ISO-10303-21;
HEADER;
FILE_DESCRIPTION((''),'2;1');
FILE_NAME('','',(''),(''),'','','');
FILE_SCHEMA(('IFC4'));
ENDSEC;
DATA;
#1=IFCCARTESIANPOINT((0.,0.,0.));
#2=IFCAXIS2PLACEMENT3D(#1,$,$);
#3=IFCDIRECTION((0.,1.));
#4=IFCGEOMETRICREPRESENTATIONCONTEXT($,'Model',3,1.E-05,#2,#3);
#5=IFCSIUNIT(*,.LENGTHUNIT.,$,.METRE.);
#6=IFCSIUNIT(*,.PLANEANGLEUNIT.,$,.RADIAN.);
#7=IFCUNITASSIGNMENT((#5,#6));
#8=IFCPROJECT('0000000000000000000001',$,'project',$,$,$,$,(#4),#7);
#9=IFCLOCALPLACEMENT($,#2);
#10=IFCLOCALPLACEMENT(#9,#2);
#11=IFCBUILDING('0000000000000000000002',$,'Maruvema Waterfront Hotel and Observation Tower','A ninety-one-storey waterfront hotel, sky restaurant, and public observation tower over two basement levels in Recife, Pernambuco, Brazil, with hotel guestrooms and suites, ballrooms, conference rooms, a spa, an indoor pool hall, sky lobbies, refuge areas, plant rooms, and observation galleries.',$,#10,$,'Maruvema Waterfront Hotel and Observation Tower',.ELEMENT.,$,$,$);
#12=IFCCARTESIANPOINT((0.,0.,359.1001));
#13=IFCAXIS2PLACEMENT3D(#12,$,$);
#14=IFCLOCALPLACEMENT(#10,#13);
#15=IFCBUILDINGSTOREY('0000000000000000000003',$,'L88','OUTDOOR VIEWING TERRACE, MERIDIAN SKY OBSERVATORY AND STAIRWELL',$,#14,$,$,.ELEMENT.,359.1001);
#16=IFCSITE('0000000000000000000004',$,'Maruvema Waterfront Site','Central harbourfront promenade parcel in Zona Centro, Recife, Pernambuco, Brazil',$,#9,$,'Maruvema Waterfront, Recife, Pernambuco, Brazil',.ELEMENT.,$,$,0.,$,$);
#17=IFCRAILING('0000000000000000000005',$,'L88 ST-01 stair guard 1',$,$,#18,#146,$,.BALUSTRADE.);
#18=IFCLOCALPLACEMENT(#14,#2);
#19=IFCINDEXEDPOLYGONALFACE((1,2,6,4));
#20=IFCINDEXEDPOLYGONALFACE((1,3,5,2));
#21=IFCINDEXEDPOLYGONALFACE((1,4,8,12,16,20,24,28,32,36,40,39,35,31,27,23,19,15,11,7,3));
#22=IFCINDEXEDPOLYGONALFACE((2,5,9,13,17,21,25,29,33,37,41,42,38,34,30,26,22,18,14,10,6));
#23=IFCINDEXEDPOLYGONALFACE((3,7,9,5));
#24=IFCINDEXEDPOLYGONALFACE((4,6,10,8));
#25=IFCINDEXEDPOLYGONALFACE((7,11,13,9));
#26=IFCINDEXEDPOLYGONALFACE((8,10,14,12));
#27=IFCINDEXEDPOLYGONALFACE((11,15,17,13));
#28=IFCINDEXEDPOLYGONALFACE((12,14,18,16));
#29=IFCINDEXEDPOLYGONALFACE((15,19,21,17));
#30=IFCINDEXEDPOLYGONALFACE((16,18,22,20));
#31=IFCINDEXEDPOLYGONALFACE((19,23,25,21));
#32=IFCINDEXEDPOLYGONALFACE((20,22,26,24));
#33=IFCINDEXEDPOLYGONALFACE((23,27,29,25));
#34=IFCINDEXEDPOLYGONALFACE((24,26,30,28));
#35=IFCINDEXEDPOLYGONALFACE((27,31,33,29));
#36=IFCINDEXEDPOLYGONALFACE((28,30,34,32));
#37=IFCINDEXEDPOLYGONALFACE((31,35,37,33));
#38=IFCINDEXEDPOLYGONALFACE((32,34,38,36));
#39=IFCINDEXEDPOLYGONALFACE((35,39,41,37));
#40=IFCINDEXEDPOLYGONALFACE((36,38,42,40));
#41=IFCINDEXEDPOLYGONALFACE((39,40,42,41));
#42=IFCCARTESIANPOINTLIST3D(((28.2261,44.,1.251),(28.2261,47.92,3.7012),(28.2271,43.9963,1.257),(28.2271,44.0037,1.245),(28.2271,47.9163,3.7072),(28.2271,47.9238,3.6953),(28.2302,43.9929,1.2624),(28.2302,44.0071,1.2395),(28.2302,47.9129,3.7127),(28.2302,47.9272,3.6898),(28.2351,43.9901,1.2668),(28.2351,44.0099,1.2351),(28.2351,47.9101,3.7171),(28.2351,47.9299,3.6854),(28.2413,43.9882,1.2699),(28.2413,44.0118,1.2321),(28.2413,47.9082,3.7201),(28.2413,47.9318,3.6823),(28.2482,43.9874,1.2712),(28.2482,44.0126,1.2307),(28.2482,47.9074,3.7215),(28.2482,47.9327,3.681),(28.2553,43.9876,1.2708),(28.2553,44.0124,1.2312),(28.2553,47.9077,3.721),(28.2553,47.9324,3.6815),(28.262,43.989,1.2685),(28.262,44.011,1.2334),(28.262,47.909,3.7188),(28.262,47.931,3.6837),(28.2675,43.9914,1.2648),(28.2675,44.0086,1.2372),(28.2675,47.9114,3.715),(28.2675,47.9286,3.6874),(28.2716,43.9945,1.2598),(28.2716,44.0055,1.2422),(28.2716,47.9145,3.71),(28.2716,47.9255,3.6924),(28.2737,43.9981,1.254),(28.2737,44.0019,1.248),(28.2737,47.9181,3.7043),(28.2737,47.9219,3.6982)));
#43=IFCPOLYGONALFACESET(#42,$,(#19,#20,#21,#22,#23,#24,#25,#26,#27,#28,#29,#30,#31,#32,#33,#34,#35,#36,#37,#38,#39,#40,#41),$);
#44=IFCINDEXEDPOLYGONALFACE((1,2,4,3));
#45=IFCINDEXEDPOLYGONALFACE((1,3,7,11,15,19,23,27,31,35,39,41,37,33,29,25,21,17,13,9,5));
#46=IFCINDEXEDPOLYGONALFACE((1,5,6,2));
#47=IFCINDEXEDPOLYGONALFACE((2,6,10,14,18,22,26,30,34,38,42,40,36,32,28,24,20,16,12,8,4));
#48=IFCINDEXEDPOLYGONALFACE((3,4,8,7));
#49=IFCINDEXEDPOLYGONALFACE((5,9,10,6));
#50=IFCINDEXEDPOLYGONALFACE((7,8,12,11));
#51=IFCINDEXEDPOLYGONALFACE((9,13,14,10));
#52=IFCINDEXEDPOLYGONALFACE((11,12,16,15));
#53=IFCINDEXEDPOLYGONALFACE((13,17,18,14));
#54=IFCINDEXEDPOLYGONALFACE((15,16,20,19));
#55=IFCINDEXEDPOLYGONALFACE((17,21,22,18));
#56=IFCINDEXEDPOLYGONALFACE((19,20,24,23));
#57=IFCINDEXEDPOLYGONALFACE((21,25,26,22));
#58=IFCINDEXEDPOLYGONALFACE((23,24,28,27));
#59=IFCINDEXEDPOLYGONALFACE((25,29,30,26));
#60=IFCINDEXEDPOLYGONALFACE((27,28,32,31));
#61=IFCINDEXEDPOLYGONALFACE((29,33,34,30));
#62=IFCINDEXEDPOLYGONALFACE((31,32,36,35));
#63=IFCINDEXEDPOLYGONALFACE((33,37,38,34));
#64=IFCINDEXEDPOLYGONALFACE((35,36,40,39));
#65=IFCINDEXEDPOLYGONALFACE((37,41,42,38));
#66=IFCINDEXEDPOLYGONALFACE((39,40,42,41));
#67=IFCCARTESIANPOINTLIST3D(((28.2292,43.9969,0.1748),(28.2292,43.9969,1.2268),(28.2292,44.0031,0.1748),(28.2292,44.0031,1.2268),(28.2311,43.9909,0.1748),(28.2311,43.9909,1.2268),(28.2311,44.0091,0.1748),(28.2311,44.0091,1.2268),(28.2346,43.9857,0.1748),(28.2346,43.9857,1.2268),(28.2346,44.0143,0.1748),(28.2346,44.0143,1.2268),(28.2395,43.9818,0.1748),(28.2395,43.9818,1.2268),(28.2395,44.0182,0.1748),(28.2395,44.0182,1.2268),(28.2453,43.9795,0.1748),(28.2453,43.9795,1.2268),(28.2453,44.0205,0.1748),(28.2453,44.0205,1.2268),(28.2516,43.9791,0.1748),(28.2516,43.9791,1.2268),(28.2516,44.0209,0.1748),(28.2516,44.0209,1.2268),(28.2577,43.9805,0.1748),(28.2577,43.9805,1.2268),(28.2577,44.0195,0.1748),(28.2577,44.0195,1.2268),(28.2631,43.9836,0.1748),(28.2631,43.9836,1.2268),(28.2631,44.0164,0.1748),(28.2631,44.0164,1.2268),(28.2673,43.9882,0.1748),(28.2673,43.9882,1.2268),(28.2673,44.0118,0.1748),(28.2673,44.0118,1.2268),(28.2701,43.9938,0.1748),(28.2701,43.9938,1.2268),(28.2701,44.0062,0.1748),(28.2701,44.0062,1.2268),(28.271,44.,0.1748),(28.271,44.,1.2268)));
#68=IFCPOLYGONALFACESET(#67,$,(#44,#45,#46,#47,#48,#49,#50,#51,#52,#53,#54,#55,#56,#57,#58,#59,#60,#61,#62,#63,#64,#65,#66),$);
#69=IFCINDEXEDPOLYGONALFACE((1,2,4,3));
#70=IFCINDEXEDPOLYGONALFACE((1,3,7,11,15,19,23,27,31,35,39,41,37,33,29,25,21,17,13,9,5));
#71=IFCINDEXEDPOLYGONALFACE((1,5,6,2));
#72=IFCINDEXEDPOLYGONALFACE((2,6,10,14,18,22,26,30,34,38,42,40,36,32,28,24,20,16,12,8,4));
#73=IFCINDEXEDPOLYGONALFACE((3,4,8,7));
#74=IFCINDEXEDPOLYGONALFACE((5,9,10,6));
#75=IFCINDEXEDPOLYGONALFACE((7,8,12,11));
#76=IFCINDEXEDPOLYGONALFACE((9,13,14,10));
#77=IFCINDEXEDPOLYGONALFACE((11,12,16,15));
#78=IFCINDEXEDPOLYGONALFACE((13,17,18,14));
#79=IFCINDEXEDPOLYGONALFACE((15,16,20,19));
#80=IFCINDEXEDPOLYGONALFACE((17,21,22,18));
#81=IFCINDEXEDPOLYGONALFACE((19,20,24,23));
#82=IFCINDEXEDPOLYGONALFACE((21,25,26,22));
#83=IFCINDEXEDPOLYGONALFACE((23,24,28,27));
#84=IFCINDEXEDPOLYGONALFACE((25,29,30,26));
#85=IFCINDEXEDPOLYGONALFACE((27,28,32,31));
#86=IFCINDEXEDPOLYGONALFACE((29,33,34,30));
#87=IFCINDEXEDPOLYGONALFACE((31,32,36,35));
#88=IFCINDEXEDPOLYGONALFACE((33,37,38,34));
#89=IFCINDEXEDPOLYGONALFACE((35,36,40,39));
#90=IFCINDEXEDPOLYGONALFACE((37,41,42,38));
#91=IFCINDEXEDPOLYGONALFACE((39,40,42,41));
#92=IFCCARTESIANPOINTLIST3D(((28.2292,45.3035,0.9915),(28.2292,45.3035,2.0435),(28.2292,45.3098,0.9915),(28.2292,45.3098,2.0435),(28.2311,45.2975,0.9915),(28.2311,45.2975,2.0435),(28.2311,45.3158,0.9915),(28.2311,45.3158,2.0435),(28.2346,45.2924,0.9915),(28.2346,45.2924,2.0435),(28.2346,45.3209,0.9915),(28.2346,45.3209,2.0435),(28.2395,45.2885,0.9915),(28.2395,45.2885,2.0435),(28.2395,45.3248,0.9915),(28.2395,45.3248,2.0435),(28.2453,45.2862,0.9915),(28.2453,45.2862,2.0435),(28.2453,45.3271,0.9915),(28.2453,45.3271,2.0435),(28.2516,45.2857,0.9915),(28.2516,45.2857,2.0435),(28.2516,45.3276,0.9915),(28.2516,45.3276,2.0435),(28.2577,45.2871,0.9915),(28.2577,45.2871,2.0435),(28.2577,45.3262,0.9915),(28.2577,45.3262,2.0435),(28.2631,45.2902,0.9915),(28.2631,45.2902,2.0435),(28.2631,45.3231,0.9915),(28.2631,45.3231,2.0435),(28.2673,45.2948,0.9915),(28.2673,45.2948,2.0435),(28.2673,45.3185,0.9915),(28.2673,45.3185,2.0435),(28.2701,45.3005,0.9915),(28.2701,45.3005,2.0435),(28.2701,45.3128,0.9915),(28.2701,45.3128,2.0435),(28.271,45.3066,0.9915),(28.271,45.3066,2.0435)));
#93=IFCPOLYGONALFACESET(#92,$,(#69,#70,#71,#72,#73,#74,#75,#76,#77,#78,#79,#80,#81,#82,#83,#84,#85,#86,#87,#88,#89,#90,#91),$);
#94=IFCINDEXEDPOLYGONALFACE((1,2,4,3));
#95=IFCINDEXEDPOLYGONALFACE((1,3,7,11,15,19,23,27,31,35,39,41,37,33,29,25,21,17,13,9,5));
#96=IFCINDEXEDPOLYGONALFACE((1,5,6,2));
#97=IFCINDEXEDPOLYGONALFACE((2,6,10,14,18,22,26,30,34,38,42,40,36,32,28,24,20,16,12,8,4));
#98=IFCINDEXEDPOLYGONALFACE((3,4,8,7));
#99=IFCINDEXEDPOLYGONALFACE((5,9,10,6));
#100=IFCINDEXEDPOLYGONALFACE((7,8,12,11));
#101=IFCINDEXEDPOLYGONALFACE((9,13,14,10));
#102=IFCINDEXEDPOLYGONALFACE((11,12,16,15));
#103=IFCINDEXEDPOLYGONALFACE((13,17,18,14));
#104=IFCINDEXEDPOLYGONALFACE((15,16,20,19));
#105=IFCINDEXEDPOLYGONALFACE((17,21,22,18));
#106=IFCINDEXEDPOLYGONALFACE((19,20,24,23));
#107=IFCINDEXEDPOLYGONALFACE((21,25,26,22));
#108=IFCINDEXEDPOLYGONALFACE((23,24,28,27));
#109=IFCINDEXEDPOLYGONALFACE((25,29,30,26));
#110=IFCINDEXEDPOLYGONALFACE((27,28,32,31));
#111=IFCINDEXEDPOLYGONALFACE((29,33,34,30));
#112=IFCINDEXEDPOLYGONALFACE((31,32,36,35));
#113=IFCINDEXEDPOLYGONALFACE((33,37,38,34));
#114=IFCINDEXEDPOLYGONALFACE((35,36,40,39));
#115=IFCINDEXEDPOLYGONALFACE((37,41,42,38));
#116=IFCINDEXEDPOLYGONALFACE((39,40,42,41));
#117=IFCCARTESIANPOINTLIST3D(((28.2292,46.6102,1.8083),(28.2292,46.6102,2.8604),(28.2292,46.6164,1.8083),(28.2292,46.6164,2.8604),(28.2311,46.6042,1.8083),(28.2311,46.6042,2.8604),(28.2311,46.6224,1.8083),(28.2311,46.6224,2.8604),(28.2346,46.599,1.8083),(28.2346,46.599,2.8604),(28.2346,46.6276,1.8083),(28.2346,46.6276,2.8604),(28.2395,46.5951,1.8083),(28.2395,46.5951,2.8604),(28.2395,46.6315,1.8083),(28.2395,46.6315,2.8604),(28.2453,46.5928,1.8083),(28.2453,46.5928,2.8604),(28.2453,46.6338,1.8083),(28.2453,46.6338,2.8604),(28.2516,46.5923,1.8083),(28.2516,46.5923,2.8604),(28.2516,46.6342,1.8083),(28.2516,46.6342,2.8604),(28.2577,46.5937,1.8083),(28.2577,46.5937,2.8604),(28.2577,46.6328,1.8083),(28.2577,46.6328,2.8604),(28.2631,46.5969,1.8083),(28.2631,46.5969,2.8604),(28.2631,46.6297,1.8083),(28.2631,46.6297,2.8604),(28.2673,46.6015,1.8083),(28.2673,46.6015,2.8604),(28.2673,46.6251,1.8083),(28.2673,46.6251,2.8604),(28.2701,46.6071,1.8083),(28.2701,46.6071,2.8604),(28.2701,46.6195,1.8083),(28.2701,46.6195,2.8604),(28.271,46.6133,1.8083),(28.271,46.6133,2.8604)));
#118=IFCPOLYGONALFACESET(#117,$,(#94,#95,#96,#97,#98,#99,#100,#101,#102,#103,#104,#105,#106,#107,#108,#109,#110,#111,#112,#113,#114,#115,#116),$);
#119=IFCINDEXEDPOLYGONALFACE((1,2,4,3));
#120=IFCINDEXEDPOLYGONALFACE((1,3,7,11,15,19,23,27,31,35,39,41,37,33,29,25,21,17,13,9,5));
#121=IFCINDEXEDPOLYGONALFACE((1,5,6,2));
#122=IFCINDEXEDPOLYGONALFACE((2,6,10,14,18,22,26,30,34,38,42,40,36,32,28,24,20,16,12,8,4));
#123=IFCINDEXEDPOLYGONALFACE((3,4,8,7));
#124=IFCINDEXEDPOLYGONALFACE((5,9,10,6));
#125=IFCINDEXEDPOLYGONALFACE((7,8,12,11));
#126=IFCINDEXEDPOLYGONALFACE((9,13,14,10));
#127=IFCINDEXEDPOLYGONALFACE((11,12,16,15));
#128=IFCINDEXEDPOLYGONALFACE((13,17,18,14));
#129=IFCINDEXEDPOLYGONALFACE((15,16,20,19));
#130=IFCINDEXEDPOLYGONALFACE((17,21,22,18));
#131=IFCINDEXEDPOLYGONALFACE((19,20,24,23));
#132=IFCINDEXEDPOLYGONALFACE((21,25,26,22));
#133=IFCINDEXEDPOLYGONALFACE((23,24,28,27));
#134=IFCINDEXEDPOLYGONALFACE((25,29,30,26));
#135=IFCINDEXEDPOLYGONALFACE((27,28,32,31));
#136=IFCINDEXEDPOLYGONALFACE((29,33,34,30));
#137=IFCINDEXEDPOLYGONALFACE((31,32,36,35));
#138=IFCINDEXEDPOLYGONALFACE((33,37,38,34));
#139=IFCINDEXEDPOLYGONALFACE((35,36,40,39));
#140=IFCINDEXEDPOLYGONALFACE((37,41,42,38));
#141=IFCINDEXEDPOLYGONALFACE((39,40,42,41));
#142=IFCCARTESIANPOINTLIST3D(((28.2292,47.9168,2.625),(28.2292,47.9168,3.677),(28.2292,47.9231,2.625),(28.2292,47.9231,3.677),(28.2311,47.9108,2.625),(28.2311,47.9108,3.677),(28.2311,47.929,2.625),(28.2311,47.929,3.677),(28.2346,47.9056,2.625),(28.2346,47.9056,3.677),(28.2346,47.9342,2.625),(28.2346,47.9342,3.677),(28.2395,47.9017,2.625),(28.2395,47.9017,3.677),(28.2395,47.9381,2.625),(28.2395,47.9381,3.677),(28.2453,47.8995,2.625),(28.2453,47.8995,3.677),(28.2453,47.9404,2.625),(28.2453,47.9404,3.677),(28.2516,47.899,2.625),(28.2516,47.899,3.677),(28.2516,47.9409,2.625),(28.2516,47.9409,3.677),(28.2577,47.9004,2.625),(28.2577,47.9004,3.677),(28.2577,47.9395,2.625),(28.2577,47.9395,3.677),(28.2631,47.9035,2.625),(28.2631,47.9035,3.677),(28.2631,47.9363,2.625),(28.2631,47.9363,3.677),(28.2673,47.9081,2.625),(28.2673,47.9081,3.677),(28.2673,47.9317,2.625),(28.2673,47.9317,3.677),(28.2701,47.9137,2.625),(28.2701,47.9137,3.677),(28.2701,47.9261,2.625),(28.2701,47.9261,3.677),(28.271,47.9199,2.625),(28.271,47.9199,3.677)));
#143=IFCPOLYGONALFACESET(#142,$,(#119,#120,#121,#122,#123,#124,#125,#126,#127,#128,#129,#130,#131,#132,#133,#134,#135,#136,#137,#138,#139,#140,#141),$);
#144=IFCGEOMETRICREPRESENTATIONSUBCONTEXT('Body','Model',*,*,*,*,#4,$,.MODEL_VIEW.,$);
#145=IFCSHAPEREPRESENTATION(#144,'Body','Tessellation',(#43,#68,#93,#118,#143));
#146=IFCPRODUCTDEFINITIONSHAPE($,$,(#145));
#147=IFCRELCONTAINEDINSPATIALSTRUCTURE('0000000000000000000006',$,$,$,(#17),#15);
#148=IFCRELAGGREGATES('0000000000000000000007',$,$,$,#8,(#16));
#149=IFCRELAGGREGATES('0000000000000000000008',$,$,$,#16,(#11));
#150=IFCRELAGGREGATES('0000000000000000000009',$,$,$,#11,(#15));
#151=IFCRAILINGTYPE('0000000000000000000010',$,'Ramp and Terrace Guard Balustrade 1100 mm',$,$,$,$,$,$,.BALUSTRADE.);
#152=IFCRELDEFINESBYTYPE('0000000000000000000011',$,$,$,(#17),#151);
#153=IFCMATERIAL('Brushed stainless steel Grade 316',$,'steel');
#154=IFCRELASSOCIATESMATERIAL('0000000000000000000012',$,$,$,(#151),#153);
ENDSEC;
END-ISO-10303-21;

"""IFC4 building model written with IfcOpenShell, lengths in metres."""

from ifc_helpers import new_model, si_unit, direction, frame, origin, origin_2d, place, context, subcontext, project, spatial, circle, extrude, material, type_object, element, save


model = new_model("IFC4")

# Units and contexts
model_context = context("Model", 3, precision=1e-05, world=origin(), true_north=direction((0.0, 1.0)))
body_context = subcontext(model_context, "Body", "Model", "MODEL_VIEW")
ifc_project = project(units=[si_unit("LENGTHUNIT", "METRE"), si_unit("PLANEANGLEUNIT", "RADIAN")], contexts=[model_context])

# Site, building, storey
site_placement = place(None, origin())
site = spatial("IfcSite", under=ifc_project, at=site_placement, Name="Maruvema Waterfront Site", Description="Central harbourfront promenade parcel in Zona Centro, Recife, Pernambuco, Brazil", LongName="Maruvema Waterfront, Recife, Pernambuco, Brazil", CompositionType="ELEMENT", RefElevation=0.0)
building_placement = place(site_placement, origin())
building = spatial("IfcBuilding", under=site, at=building_placement, Name="Maruvema Waterfront Hotel and Observation Tower", Description="A ninety-one-storey waterfront hotel, sky restaurant, and public observation tower over two basement levels in Recife, Pernambuco, Brazil, with hotel guestrooms and suites, ballrooms, conference rooms, a spa, an indoor pool hall, sky lobbies, refuge areas, plant rooms, and observation galleries.", LongName="Maruvema Waterfront Hotel and Observation Tower", CompositionType="ELEMENT")
storey_placement = place(building_placement, frame((0.0, 0.0, 359.1001)))
storey = spatial("IfcBuildingStorey", under=building, at=storey_placement, Name="L88", Description="OUTDOOR VIEWING TERRACE, MERIDIAN SKY OBSERVATORY AND STAIRWELL", CompositionType="ELEMENT", Elevation=359.1001)

# Railing
ifc_material_1 = material(Name="Brushed stainless steel Grade 316", Category="steel")
railing_type_1 = type_object("IfcRailingType", Name="Ramp and Terrace Guard Balustrade 1100 mm", PredefinedType="BALUSTRADE", material=ifc_material_1)
railing_1_placement = place(storey_placement, frame((28.25, 44.0, 0.1748)))
element("IfcRailing", 1, at=railing_1_placement, inside=storey, type_object=railing_type_1, Name="L88 ST-01 stair guard 1", PredefinedType="BALUSTRADE", context=body_context, shape_type="SweptSolid", body=[
    extrude(circle(Radius=0.0239, at=origin_2d()), frame((0.0, 0.0, 1.0762), z_axis=(0.0, 0.847975, 0.530037), x_axis=(-1.0, 0.0, 0.0)), (0.0, 0.0, 1.0), 4.6228),
    extrude(circle(Radius=0.021, at=origin_2d()), origin(), (0.0, 0.0, 1.0), 1.052),
    extrude(circle(Radius=0.021, at=origin_2d()), frame((0.0, 1.3066, 0.8167)), (0.0, 0.0, 1.0), 1.052),
    extrude(circle(Radius=0.021, at=origin_2d()), frame((0.0, 2.6133, 1.6335)), (0.0, 0.0, 1.0), 1.052),
    extrude(circle(Radius=0.021, at=origin_2d()), frame((0.0, 3.9199, 2.4502)), (0.0, 0.0, 1.0), 1.052),
])

save(model, "model.ifc")
